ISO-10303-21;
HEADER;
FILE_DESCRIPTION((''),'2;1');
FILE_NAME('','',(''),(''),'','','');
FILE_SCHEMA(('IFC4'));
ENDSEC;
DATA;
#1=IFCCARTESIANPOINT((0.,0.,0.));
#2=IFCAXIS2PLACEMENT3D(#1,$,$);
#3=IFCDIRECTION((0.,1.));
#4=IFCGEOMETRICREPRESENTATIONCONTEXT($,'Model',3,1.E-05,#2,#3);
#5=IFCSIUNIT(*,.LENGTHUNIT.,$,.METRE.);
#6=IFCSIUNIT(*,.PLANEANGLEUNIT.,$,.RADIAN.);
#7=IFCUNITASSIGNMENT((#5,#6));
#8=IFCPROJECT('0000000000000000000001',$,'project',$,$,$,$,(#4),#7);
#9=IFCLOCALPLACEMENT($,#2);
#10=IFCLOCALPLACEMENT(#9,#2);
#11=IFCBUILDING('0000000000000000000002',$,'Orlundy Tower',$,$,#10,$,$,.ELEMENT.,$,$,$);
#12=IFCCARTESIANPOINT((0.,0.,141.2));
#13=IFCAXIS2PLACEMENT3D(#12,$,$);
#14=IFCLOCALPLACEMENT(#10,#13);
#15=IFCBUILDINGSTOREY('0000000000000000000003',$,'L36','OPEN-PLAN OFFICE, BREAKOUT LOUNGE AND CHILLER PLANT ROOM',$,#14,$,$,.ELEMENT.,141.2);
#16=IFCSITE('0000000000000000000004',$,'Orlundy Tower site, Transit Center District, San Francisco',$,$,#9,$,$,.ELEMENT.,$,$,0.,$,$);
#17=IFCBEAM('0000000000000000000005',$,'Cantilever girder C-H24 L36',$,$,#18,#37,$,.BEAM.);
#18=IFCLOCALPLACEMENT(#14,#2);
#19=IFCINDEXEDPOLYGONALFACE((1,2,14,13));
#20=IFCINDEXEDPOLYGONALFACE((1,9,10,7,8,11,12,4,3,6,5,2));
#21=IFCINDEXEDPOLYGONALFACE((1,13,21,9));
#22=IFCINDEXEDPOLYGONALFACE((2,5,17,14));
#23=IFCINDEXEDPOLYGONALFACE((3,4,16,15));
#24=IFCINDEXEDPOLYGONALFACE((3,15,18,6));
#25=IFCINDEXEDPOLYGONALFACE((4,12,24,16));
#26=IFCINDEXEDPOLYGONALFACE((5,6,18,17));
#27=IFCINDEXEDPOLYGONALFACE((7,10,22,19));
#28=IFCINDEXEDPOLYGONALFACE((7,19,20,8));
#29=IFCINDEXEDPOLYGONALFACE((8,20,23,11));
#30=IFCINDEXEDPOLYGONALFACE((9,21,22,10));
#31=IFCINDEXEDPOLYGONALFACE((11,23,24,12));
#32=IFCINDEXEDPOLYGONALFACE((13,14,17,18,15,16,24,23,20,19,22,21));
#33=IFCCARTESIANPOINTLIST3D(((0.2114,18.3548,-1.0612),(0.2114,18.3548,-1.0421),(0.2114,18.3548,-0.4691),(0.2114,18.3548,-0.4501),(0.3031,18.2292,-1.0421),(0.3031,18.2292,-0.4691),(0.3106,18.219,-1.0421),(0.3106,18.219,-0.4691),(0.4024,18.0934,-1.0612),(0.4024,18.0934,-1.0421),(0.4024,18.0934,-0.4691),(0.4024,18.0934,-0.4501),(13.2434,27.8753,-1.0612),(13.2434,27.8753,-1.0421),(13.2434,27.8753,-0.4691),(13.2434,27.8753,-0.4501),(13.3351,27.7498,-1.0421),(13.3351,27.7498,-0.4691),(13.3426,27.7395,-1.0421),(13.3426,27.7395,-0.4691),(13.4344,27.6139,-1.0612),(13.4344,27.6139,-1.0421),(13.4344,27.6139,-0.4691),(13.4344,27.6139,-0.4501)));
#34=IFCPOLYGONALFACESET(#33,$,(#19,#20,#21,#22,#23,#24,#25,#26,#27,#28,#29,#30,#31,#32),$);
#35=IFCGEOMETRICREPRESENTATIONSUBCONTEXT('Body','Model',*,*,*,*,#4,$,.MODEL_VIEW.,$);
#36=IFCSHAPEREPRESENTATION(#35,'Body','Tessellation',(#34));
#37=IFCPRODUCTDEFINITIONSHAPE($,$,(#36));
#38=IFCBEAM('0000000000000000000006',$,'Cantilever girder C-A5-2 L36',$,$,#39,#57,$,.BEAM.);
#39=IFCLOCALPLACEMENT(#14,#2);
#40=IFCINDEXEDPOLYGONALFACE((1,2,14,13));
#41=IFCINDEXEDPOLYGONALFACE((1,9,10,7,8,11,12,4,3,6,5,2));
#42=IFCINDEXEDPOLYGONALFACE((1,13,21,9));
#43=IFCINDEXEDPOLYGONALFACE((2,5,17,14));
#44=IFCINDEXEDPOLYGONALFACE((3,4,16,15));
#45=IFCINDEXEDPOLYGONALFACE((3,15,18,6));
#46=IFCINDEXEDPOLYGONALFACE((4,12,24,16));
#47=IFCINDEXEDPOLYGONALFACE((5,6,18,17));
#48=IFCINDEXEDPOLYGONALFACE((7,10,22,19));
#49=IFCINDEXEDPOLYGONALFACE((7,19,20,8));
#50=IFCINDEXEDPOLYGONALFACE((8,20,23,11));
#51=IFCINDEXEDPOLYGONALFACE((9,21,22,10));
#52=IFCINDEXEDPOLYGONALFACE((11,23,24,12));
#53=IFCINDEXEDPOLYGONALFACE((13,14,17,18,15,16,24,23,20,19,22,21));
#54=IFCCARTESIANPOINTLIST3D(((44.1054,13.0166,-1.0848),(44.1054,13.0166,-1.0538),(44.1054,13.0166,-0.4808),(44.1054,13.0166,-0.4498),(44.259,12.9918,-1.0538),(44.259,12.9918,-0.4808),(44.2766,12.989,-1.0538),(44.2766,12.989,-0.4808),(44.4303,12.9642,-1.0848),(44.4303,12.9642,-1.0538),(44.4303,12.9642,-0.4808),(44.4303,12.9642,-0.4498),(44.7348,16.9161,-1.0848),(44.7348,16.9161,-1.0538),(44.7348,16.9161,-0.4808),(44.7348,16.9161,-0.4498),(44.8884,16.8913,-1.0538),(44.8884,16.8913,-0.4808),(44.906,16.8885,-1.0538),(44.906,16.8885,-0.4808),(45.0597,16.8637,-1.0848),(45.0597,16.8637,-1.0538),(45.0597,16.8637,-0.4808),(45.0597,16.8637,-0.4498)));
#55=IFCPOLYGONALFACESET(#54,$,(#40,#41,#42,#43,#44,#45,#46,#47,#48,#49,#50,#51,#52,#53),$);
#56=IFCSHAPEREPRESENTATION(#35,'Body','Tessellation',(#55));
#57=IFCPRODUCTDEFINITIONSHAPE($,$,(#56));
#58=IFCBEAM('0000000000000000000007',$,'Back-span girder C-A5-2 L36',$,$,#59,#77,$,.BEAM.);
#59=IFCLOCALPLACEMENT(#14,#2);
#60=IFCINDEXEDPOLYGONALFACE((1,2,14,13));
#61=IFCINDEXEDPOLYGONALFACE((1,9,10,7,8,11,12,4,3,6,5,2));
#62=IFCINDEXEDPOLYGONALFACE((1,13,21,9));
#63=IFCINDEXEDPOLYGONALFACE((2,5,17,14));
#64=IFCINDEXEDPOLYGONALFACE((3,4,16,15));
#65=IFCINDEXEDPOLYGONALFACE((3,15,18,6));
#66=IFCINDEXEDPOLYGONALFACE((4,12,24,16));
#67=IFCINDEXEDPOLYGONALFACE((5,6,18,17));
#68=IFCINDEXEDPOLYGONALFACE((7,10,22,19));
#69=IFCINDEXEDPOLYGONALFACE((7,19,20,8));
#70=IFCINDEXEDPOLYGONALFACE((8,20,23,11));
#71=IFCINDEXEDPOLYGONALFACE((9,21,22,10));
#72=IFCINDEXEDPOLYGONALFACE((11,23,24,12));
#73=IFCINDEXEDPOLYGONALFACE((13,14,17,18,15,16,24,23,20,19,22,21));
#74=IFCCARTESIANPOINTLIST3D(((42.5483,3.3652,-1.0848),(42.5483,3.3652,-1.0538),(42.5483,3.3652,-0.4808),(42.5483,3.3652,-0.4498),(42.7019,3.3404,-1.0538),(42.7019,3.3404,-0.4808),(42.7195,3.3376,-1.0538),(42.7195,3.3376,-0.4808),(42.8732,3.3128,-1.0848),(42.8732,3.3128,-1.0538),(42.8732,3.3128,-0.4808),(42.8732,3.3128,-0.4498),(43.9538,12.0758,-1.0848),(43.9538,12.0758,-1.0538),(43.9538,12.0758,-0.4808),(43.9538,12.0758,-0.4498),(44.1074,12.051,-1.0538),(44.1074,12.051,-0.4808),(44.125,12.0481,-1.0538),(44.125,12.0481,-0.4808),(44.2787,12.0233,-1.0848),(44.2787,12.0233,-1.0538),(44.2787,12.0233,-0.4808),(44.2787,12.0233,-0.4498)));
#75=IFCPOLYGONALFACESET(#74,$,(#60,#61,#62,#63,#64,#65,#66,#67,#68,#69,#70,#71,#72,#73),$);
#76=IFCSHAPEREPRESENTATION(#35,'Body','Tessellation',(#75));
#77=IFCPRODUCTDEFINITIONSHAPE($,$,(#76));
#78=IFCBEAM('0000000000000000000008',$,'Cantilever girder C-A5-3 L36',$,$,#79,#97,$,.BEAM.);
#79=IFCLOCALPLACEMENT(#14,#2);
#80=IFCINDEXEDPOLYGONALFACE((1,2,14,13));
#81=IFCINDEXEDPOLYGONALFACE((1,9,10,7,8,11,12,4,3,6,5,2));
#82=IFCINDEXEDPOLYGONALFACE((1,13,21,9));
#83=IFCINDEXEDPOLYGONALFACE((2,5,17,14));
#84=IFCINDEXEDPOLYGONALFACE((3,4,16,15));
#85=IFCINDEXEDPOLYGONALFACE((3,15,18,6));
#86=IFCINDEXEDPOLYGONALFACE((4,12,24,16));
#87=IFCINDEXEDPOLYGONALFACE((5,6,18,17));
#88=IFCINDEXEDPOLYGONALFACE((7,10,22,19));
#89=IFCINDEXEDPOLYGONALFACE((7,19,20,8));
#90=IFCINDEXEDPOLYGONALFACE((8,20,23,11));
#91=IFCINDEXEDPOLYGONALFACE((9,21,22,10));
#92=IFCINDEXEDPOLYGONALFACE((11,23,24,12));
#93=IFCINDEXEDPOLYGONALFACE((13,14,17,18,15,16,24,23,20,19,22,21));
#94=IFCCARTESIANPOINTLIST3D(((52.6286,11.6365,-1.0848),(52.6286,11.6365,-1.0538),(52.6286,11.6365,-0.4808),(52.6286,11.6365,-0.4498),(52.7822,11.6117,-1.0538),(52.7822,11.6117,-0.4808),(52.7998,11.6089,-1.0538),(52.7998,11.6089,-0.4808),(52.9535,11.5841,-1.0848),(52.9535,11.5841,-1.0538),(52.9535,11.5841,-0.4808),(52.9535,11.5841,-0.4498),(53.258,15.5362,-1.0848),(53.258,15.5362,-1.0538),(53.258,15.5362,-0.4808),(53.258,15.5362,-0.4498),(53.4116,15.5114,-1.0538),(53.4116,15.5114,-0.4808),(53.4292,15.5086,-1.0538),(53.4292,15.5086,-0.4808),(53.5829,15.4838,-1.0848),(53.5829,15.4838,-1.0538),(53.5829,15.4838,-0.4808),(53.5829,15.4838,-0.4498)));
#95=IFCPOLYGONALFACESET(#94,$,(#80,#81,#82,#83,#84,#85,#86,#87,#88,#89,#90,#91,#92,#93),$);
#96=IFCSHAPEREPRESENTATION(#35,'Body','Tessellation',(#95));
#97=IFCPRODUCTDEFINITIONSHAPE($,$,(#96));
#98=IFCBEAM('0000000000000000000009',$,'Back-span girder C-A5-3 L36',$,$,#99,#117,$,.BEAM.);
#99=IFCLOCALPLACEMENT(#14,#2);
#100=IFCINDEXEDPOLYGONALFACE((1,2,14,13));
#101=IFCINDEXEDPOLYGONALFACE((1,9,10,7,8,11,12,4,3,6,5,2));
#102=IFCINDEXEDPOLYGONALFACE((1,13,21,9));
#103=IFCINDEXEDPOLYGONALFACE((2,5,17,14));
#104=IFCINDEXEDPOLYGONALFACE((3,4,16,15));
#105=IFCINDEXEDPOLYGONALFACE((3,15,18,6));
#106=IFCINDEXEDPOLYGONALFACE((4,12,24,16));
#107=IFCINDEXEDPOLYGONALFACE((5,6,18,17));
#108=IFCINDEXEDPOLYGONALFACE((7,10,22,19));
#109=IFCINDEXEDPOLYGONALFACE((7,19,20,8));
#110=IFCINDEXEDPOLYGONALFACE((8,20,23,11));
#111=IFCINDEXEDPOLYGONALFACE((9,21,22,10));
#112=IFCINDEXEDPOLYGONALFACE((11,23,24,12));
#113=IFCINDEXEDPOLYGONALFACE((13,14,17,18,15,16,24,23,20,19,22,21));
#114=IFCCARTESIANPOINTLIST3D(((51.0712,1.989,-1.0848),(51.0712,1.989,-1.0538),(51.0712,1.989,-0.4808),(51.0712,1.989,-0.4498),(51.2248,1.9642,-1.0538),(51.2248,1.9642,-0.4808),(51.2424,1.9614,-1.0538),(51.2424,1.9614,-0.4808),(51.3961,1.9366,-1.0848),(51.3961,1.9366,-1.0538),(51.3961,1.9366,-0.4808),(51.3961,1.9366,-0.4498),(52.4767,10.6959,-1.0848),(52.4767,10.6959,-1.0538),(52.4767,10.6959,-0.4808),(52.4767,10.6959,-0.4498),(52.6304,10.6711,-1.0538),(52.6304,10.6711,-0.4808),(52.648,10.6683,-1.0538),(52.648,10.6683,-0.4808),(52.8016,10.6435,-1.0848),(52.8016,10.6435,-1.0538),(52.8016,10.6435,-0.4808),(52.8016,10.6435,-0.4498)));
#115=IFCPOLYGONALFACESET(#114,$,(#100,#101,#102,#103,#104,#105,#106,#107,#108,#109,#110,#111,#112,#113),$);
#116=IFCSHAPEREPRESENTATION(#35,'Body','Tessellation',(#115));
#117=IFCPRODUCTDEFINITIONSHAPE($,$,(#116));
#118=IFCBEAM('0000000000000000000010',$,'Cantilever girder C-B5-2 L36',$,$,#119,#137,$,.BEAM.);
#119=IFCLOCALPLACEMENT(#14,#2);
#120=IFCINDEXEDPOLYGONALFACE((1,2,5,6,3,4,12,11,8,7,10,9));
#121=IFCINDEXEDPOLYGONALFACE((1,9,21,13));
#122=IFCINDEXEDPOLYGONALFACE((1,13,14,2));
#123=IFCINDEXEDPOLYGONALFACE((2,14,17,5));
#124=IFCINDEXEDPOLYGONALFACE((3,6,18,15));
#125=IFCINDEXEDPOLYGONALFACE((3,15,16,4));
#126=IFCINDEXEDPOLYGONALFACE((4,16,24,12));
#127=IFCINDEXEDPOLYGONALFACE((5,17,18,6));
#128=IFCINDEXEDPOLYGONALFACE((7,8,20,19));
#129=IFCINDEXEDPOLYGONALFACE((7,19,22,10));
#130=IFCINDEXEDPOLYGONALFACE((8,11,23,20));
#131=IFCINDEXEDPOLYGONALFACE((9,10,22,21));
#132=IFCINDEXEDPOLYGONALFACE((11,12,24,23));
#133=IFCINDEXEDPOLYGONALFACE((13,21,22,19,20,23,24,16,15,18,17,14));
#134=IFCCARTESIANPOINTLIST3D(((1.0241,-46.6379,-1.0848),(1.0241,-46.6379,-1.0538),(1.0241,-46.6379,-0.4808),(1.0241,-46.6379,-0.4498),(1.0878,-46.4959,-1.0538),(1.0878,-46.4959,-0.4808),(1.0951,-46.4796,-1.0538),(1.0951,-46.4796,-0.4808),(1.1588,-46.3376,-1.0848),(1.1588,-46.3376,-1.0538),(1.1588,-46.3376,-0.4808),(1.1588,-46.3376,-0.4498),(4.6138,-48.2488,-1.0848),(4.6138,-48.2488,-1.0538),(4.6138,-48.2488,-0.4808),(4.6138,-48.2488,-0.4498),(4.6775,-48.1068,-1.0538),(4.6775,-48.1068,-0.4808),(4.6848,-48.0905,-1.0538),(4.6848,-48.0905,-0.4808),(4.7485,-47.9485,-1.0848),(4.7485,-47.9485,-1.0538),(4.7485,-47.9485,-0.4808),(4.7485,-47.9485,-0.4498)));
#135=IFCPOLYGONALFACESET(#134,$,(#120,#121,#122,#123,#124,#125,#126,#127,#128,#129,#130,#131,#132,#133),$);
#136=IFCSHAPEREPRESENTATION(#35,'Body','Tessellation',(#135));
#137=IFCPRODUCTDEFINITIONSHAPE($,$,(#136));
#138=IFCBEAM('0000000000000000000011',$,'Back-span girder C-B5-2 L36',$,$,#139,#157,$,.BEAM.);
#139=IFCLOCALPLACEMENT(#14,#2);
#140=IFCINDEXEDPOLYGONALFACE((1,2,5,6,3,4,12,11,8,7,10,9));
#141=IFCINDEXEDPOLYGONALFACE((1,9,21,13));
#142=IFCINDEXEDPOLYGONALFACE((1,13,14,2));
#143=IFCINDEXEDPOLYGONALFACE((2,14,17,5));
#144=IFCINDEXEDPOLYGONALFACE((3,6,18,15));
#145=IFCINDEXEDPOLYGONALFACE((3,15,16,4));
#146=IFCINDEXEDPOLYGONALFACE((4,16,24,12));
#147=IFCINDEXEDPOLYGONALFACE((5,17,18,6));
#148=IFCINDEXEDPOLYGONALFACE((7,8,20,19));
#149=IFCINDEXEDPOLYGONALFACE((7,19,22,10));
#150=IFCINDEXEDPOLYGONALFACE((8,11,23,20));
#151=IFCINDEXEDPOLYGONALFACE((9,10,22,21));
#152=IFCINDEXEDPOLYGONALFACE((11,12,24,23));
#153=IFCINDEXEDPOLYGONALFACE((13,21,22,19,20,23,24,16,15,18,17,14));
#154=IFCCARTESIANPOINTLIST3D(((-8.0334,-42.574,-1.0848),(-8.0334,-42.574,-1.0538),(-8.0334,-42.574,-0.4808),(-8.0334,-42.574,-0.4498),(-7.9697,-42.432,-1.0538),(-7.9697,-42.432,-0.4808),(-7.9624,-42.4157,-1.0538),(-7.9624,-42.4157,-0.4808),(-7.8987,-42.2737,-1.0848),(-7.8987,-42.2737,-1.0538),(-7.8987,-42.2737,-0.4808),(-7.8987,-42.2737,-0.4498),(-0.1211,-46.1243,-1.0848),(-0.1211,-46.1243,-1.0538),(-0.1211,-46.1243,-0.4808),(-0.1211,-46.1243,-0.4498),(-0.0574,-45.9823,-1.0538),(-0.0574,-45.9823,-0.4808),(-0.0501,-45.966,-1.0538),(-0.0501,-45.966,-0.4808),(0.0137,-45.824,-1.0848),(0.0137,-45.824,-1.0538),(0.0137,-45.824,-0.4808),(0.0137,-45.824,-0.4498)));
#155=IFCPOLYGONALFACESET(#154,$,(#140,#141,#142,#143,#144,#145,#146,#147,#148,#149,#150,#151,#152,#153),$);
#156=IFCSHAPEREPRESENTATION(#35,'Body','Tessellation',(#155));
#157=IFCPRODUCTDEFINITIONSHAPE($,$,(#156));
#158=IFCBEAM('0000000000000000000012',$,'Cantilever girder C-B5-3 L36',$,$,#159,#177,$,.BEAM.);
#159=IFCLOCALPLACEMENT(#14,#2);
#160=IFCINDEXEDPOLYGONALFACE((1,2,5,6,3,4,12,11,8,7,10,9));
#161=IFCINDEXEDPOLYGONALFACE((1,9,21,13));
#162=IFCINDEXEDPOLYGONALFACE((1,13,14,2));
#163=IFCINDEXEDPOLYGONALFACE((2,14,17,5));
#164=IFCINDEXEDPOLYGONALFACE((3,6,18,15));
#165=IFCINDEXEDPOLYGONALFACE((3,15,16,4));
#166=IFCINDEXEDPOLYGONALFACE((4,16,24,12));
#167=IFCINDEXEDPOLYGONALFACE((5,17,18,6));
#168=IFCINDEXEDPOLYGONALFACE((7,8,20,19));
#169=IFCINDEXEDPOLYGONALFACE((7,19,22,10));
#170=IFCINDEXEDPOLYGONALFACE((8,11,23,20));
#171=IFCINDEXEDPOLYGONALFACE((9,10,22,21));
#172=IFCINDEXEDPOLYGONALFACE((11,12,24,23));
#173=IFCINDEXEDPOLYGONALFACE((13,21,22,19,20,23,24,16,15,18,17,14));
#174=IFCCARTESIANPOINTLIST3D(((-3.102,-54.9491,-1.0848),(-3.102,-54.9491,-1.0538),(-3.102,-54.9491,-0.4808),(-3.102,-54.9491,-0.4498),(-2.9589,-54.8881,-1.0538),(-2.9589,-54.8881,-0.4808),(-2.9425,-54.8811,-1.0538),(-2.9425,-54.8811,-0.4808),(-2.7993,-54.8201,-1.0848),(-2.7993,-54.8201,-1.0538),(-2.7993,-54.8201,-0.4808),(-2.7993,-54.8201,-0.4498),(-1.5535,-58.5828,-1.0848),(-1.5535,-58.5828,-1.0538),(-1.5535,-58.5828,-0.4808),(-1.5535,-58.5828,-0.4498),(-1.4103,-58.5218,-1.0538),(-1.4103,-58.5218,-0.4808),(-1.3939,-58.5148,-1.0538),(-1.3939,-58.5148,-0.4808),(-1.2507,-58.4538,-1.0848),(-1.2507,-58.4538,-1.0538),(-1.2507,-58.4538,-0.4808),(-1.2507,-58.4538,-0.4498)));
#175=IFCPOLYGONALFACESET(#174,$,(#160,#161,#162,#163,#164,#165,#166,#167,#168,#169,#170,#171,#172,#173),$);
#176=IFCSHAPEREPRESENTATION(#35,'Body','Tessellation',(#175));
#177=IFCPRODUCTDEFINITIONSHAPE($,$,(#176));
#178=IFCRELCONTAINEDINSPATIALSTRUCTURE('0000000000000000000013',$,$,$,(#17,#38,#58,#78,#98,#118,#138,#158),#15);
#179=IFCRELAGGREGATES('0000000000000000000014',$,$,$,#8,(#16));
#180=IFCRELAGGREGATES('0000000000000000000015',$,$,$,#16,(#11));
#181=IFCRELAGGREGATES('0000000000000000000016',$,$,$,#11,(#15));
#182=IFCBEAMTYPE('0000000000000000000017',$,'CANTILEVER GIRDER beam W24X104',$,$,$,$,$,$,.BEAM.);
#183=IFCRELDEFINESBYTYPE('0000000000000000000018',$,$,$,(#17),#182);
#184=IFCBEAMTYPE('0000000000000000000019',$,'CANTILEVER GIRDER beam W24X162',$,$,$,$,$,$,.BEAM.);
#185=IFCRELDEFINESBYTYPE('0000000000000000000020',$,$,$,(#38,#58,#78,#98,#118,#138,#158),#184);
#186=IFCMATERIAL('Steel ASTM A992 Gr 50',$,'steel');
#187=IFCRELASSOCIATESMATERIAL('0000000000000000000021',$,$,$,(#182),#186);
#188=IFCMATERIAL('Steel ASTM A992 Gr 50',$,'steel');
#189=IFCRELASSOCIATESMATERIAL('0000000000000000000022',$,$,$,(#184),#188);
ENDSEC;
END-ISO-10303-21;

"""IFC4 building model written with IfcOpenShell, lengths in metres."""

from ifc_helpers import new_model, si_unit, direction, frame, origin, origin_2d, place, context, subcontext, project, spatial, i_section, extrude, material, material_profile, profile_set, type_object, element, save


model = new_model("IFC4")

# Units and contexts
model_context = context("Model", 3, precision=1e-05, world=origin(), true_north=direction((0.0, 1.0)))
body_context = subcontext(model_context, "Body", "Model", "MODEL_VIEW")
ifc_project = project(units=[si_unit("LENGTHUNIT", "METRE"), si_unit("PLANEANGLEUNIT", "RADIAN")], contexts=[model_context])

# Site, building, storey
site_placement = place(None, origin())
site = spatial("IfcSite", under=ifc_project, at=site_placement, Name="Orlundy Tower site, Transit Center District, San Francisco", CompositionType="ELEMENT", RefElevation=0.0)
building_placement = place(site_placement, origin())
building = spatial("IfcBuilding", under=site, at=building_placement, Name="Orlundy Tower", CompositionType="ELEMENT")
storey_placement = place(building_placement, frame((0.0, 0.0, 141.2)))
storey = spatial("IfcBuildingStorey", under=building, at=storey_placement, Name="L36", Description="OPEN-PLAN OFFICE, BREAKOUT LOUNGE AND CHILLER PLANT ROOM", CompositionType="ELEMENT", Elevation=141.2)

# Beams
ifc_material_1 = material(Name="Steel ASTM A992 Gr 50", Category="steel")
ifc_material_profile_1 = material_profile(ifc_material_1, i_section(OverallWidth=0.3237, OverallDepth=0.6111, WebThickness=0.0127, FlangeThickness=0.019, at=origin_2d()), Name="W24X104")
ifc_profile_set_1 = profile_set([ifc_material_profile_1], Name="Steel ASTM A992 Gr 50")
beam_type_1 = type_object("IfcBeamType", Name="CANTILEVER GIRDER beam W24X104", PredefinedType="BEAM", material=ifc_profile_set_1)
beam_1_placement = place(storey_placement, frame((13.3389, 27.7446, -0.7556), z_axis=(-0.807476, -0.589901, 0.0), x_axis=(0.589901, -0.807476, 0.0)))
element("IfcBeam", 1, at=beam_1_placement, inside=storey, type_object=beam_type_1, Name="Cantilever girder C-H24 L36", PredefinedType="BEAM", context=body_context, shape_type="SweptSolid", body=[
    extrude(i_section(OverallWidth=0.3237, OverallDepth=0.6111, WebThickness=0.0127, FlangeThickness=0.019, at=origin_2d()), origin(), (0.0, 0.0, 1.0), 16.1392),
])
ifc_material_2 = material(Name="Steel ASTM A992 Gr 50", Category="steel")
ifc_material_profile_2 = material_profile(ifc_material_2, i_section(OverallWidth=0.3291, OverallDepth=0.635, WebThickness=0.0178, FlangeThickness=0.031, at=origin_2d()), Name="W24X162")
ifc_profile_set_2 = profile_set([ifc_material_profile_2], Name="Steel ASTM A992 Gr 50")
beam_type_2 = type_object("IfcBeamType", Name="CANTILEVER GIRDER beam W24X162", PredefinedType="BEAM", material=ifc_profile_set_2)
beam_2_placement = place(storey_placement, frame((44.8972, 16.8899, -0.7673), z_axis=(-0.159345, -0.987223, 0.0), x_axis=(0.987223, -0.159345, 0.0)))
element("IfcBeam", 2, at=beam_2_placement, inside=storey, type_object=beam_type_2, Name="Cantilever girder C-A5-2 L36", PredefinedType="BEAM", context=body_context, shape_type="SweptSolid", body=[
    extrude(i_section(OverallWidth=0.3291, OverallDepth=0.635, WebThickness=0.0178, FlangeThickness=0.031, at=origin_2d()), origin(), (0.0, 0.0, 1.0), 3.95),
])
beam_3_placement = place(storey_placement, frame((44.1162, 12.0496, -0.7673), z_axis=(-0.159295, -0.987231, 0.0), x_axis=(0.987231, -0.159295, 0.0)))
element("IfcBeam", 3, at=beam_3_placement, inside=storey, type_object=beam_type_2, Name="Back-span girder C-A5-2 L36", PredefinedType="BEAM", context=body_context, shape_type="SweptSolid", body=[
    extrude(i_section(OverallWidth=0.3291, OverallDepth=0.635, WebThickness=0.0178, FlangeThickness=0.031, at=origin_2d()), origin(), (0.0, 0.0, 1.0), 8.8232),
])
beam_4_placement = place(storey_placement, frame((53.4204, 15.51, -0.7673), z_axis=(-0.159335, -0.987225, 0.0), x_axis=(0.987225, -0.159335, 0.0)))
element("IfcBeam", 4, at=beam_4_placement, inside=storey, type_object=beam_type_2, Name="Cantilever girder C-A5-3 L36", PredefinedType="BEAM", context=body_context, shape_type="SweptSolid", body=[
    extrude(i_section(OverallWidth=0.3291, OverallDepth=0.635, WebThickness=0.0178, FlangeThickness=0.031, at=origin_2d()), origin(), (0.0, 0.0, 1.0), 3.9502),
])
beam_5_placement = place(storey_placement, frame((52.6392, 10.6697, -0.7673), z_axis=(-0.159365, -0.98722, 0.0), x_axis=(0.98722, -0.159365, 0.0)))
element("IfcBeam", 5, at=beam_5_placement, inside=storey, type_object=beam_type_2, Name="Back-span girder C-A5-3 L36", PredefinedType="BEAM", context=body_context, shape_type="SweptSolid", body=[
    extrude(i_section(OverallWidth=0.3291, OverallDepth=0.635, WebThickness=0.0178, FlangeThickness=0.031, at=origin_2d()), origin(), (0.0, 0.0, 1.0), 8.8196),
])
beam_6_placement = place(storey_placement, frame((4.6812, -48.0986, -0.7673), z_axis=(-0.912347, 0.409418, 0.0), x_axis=(-0.409418, -0.912347, 0.0)))
element("IfcBeam", 6, at=beam_6_placement, inside=storey, type_object=beam_type_2, Name="Cantilever girder C-B5-2 L36", PredefinedType="BEAM", context=body_context, shape_type="SweptSolid", body=[
    extrude(i_section(OverallWidth=0.3291, OverallDepth=0.635, WebThickness=0.0178, FlangeThickness=0.031, at=origin_2d()), origin(), (0.0, 0.0, 1.0), 3.9346),
])
beam_7_placement = place(storey_placement, frame((-0.0537, -45.9741, -0.7673), z_axis=(-0.912364, 0.40938, 0.0), x_axis=(-0.40938, -0.912364, 0.0)))
element("IfcBeam", 7, at=beam_7_placement, inside=storey, type_object=beam_type_2, Name="Back-span girder C-B5-2 L36", PredefinedType="BEAM", context=body_context, shape_type="SweptSolid", body=[
    extrude(i_section(OverallWidth=0.3291, OverallDepth=0.635, WebThickness=0.0178, FlangeThickness=0.031, at=origin_2d()), origin(), (0.0, 0.0, 1.0), 8.6724),
])
beam_8_placement = place(storey_placement, frame((-1.4021, -58.5183, -0.7673), z_axis=(-0.392046, 0.919946, 0.0), x_axis=(-0.919946, -0.392046, 0.0)))
element("IfcBeam", 8, at=beam_8_placement, inside=storey, type_object=beam_type_2, Name="Cantilever girder C-B5-3 L36", PredefinedType="BEAM", context=body_context, shape_type="SweptSolid", body=[
    extrude(i_section(OverallWidth=0.3291, OverallDepth=0.635, WebThickness=0.0178, FlangeThickness=0.031, at=origin_2d()), origin(), (0.0, 0.0, 1.0), 3.95),
])

save(model, "model.ifc")
